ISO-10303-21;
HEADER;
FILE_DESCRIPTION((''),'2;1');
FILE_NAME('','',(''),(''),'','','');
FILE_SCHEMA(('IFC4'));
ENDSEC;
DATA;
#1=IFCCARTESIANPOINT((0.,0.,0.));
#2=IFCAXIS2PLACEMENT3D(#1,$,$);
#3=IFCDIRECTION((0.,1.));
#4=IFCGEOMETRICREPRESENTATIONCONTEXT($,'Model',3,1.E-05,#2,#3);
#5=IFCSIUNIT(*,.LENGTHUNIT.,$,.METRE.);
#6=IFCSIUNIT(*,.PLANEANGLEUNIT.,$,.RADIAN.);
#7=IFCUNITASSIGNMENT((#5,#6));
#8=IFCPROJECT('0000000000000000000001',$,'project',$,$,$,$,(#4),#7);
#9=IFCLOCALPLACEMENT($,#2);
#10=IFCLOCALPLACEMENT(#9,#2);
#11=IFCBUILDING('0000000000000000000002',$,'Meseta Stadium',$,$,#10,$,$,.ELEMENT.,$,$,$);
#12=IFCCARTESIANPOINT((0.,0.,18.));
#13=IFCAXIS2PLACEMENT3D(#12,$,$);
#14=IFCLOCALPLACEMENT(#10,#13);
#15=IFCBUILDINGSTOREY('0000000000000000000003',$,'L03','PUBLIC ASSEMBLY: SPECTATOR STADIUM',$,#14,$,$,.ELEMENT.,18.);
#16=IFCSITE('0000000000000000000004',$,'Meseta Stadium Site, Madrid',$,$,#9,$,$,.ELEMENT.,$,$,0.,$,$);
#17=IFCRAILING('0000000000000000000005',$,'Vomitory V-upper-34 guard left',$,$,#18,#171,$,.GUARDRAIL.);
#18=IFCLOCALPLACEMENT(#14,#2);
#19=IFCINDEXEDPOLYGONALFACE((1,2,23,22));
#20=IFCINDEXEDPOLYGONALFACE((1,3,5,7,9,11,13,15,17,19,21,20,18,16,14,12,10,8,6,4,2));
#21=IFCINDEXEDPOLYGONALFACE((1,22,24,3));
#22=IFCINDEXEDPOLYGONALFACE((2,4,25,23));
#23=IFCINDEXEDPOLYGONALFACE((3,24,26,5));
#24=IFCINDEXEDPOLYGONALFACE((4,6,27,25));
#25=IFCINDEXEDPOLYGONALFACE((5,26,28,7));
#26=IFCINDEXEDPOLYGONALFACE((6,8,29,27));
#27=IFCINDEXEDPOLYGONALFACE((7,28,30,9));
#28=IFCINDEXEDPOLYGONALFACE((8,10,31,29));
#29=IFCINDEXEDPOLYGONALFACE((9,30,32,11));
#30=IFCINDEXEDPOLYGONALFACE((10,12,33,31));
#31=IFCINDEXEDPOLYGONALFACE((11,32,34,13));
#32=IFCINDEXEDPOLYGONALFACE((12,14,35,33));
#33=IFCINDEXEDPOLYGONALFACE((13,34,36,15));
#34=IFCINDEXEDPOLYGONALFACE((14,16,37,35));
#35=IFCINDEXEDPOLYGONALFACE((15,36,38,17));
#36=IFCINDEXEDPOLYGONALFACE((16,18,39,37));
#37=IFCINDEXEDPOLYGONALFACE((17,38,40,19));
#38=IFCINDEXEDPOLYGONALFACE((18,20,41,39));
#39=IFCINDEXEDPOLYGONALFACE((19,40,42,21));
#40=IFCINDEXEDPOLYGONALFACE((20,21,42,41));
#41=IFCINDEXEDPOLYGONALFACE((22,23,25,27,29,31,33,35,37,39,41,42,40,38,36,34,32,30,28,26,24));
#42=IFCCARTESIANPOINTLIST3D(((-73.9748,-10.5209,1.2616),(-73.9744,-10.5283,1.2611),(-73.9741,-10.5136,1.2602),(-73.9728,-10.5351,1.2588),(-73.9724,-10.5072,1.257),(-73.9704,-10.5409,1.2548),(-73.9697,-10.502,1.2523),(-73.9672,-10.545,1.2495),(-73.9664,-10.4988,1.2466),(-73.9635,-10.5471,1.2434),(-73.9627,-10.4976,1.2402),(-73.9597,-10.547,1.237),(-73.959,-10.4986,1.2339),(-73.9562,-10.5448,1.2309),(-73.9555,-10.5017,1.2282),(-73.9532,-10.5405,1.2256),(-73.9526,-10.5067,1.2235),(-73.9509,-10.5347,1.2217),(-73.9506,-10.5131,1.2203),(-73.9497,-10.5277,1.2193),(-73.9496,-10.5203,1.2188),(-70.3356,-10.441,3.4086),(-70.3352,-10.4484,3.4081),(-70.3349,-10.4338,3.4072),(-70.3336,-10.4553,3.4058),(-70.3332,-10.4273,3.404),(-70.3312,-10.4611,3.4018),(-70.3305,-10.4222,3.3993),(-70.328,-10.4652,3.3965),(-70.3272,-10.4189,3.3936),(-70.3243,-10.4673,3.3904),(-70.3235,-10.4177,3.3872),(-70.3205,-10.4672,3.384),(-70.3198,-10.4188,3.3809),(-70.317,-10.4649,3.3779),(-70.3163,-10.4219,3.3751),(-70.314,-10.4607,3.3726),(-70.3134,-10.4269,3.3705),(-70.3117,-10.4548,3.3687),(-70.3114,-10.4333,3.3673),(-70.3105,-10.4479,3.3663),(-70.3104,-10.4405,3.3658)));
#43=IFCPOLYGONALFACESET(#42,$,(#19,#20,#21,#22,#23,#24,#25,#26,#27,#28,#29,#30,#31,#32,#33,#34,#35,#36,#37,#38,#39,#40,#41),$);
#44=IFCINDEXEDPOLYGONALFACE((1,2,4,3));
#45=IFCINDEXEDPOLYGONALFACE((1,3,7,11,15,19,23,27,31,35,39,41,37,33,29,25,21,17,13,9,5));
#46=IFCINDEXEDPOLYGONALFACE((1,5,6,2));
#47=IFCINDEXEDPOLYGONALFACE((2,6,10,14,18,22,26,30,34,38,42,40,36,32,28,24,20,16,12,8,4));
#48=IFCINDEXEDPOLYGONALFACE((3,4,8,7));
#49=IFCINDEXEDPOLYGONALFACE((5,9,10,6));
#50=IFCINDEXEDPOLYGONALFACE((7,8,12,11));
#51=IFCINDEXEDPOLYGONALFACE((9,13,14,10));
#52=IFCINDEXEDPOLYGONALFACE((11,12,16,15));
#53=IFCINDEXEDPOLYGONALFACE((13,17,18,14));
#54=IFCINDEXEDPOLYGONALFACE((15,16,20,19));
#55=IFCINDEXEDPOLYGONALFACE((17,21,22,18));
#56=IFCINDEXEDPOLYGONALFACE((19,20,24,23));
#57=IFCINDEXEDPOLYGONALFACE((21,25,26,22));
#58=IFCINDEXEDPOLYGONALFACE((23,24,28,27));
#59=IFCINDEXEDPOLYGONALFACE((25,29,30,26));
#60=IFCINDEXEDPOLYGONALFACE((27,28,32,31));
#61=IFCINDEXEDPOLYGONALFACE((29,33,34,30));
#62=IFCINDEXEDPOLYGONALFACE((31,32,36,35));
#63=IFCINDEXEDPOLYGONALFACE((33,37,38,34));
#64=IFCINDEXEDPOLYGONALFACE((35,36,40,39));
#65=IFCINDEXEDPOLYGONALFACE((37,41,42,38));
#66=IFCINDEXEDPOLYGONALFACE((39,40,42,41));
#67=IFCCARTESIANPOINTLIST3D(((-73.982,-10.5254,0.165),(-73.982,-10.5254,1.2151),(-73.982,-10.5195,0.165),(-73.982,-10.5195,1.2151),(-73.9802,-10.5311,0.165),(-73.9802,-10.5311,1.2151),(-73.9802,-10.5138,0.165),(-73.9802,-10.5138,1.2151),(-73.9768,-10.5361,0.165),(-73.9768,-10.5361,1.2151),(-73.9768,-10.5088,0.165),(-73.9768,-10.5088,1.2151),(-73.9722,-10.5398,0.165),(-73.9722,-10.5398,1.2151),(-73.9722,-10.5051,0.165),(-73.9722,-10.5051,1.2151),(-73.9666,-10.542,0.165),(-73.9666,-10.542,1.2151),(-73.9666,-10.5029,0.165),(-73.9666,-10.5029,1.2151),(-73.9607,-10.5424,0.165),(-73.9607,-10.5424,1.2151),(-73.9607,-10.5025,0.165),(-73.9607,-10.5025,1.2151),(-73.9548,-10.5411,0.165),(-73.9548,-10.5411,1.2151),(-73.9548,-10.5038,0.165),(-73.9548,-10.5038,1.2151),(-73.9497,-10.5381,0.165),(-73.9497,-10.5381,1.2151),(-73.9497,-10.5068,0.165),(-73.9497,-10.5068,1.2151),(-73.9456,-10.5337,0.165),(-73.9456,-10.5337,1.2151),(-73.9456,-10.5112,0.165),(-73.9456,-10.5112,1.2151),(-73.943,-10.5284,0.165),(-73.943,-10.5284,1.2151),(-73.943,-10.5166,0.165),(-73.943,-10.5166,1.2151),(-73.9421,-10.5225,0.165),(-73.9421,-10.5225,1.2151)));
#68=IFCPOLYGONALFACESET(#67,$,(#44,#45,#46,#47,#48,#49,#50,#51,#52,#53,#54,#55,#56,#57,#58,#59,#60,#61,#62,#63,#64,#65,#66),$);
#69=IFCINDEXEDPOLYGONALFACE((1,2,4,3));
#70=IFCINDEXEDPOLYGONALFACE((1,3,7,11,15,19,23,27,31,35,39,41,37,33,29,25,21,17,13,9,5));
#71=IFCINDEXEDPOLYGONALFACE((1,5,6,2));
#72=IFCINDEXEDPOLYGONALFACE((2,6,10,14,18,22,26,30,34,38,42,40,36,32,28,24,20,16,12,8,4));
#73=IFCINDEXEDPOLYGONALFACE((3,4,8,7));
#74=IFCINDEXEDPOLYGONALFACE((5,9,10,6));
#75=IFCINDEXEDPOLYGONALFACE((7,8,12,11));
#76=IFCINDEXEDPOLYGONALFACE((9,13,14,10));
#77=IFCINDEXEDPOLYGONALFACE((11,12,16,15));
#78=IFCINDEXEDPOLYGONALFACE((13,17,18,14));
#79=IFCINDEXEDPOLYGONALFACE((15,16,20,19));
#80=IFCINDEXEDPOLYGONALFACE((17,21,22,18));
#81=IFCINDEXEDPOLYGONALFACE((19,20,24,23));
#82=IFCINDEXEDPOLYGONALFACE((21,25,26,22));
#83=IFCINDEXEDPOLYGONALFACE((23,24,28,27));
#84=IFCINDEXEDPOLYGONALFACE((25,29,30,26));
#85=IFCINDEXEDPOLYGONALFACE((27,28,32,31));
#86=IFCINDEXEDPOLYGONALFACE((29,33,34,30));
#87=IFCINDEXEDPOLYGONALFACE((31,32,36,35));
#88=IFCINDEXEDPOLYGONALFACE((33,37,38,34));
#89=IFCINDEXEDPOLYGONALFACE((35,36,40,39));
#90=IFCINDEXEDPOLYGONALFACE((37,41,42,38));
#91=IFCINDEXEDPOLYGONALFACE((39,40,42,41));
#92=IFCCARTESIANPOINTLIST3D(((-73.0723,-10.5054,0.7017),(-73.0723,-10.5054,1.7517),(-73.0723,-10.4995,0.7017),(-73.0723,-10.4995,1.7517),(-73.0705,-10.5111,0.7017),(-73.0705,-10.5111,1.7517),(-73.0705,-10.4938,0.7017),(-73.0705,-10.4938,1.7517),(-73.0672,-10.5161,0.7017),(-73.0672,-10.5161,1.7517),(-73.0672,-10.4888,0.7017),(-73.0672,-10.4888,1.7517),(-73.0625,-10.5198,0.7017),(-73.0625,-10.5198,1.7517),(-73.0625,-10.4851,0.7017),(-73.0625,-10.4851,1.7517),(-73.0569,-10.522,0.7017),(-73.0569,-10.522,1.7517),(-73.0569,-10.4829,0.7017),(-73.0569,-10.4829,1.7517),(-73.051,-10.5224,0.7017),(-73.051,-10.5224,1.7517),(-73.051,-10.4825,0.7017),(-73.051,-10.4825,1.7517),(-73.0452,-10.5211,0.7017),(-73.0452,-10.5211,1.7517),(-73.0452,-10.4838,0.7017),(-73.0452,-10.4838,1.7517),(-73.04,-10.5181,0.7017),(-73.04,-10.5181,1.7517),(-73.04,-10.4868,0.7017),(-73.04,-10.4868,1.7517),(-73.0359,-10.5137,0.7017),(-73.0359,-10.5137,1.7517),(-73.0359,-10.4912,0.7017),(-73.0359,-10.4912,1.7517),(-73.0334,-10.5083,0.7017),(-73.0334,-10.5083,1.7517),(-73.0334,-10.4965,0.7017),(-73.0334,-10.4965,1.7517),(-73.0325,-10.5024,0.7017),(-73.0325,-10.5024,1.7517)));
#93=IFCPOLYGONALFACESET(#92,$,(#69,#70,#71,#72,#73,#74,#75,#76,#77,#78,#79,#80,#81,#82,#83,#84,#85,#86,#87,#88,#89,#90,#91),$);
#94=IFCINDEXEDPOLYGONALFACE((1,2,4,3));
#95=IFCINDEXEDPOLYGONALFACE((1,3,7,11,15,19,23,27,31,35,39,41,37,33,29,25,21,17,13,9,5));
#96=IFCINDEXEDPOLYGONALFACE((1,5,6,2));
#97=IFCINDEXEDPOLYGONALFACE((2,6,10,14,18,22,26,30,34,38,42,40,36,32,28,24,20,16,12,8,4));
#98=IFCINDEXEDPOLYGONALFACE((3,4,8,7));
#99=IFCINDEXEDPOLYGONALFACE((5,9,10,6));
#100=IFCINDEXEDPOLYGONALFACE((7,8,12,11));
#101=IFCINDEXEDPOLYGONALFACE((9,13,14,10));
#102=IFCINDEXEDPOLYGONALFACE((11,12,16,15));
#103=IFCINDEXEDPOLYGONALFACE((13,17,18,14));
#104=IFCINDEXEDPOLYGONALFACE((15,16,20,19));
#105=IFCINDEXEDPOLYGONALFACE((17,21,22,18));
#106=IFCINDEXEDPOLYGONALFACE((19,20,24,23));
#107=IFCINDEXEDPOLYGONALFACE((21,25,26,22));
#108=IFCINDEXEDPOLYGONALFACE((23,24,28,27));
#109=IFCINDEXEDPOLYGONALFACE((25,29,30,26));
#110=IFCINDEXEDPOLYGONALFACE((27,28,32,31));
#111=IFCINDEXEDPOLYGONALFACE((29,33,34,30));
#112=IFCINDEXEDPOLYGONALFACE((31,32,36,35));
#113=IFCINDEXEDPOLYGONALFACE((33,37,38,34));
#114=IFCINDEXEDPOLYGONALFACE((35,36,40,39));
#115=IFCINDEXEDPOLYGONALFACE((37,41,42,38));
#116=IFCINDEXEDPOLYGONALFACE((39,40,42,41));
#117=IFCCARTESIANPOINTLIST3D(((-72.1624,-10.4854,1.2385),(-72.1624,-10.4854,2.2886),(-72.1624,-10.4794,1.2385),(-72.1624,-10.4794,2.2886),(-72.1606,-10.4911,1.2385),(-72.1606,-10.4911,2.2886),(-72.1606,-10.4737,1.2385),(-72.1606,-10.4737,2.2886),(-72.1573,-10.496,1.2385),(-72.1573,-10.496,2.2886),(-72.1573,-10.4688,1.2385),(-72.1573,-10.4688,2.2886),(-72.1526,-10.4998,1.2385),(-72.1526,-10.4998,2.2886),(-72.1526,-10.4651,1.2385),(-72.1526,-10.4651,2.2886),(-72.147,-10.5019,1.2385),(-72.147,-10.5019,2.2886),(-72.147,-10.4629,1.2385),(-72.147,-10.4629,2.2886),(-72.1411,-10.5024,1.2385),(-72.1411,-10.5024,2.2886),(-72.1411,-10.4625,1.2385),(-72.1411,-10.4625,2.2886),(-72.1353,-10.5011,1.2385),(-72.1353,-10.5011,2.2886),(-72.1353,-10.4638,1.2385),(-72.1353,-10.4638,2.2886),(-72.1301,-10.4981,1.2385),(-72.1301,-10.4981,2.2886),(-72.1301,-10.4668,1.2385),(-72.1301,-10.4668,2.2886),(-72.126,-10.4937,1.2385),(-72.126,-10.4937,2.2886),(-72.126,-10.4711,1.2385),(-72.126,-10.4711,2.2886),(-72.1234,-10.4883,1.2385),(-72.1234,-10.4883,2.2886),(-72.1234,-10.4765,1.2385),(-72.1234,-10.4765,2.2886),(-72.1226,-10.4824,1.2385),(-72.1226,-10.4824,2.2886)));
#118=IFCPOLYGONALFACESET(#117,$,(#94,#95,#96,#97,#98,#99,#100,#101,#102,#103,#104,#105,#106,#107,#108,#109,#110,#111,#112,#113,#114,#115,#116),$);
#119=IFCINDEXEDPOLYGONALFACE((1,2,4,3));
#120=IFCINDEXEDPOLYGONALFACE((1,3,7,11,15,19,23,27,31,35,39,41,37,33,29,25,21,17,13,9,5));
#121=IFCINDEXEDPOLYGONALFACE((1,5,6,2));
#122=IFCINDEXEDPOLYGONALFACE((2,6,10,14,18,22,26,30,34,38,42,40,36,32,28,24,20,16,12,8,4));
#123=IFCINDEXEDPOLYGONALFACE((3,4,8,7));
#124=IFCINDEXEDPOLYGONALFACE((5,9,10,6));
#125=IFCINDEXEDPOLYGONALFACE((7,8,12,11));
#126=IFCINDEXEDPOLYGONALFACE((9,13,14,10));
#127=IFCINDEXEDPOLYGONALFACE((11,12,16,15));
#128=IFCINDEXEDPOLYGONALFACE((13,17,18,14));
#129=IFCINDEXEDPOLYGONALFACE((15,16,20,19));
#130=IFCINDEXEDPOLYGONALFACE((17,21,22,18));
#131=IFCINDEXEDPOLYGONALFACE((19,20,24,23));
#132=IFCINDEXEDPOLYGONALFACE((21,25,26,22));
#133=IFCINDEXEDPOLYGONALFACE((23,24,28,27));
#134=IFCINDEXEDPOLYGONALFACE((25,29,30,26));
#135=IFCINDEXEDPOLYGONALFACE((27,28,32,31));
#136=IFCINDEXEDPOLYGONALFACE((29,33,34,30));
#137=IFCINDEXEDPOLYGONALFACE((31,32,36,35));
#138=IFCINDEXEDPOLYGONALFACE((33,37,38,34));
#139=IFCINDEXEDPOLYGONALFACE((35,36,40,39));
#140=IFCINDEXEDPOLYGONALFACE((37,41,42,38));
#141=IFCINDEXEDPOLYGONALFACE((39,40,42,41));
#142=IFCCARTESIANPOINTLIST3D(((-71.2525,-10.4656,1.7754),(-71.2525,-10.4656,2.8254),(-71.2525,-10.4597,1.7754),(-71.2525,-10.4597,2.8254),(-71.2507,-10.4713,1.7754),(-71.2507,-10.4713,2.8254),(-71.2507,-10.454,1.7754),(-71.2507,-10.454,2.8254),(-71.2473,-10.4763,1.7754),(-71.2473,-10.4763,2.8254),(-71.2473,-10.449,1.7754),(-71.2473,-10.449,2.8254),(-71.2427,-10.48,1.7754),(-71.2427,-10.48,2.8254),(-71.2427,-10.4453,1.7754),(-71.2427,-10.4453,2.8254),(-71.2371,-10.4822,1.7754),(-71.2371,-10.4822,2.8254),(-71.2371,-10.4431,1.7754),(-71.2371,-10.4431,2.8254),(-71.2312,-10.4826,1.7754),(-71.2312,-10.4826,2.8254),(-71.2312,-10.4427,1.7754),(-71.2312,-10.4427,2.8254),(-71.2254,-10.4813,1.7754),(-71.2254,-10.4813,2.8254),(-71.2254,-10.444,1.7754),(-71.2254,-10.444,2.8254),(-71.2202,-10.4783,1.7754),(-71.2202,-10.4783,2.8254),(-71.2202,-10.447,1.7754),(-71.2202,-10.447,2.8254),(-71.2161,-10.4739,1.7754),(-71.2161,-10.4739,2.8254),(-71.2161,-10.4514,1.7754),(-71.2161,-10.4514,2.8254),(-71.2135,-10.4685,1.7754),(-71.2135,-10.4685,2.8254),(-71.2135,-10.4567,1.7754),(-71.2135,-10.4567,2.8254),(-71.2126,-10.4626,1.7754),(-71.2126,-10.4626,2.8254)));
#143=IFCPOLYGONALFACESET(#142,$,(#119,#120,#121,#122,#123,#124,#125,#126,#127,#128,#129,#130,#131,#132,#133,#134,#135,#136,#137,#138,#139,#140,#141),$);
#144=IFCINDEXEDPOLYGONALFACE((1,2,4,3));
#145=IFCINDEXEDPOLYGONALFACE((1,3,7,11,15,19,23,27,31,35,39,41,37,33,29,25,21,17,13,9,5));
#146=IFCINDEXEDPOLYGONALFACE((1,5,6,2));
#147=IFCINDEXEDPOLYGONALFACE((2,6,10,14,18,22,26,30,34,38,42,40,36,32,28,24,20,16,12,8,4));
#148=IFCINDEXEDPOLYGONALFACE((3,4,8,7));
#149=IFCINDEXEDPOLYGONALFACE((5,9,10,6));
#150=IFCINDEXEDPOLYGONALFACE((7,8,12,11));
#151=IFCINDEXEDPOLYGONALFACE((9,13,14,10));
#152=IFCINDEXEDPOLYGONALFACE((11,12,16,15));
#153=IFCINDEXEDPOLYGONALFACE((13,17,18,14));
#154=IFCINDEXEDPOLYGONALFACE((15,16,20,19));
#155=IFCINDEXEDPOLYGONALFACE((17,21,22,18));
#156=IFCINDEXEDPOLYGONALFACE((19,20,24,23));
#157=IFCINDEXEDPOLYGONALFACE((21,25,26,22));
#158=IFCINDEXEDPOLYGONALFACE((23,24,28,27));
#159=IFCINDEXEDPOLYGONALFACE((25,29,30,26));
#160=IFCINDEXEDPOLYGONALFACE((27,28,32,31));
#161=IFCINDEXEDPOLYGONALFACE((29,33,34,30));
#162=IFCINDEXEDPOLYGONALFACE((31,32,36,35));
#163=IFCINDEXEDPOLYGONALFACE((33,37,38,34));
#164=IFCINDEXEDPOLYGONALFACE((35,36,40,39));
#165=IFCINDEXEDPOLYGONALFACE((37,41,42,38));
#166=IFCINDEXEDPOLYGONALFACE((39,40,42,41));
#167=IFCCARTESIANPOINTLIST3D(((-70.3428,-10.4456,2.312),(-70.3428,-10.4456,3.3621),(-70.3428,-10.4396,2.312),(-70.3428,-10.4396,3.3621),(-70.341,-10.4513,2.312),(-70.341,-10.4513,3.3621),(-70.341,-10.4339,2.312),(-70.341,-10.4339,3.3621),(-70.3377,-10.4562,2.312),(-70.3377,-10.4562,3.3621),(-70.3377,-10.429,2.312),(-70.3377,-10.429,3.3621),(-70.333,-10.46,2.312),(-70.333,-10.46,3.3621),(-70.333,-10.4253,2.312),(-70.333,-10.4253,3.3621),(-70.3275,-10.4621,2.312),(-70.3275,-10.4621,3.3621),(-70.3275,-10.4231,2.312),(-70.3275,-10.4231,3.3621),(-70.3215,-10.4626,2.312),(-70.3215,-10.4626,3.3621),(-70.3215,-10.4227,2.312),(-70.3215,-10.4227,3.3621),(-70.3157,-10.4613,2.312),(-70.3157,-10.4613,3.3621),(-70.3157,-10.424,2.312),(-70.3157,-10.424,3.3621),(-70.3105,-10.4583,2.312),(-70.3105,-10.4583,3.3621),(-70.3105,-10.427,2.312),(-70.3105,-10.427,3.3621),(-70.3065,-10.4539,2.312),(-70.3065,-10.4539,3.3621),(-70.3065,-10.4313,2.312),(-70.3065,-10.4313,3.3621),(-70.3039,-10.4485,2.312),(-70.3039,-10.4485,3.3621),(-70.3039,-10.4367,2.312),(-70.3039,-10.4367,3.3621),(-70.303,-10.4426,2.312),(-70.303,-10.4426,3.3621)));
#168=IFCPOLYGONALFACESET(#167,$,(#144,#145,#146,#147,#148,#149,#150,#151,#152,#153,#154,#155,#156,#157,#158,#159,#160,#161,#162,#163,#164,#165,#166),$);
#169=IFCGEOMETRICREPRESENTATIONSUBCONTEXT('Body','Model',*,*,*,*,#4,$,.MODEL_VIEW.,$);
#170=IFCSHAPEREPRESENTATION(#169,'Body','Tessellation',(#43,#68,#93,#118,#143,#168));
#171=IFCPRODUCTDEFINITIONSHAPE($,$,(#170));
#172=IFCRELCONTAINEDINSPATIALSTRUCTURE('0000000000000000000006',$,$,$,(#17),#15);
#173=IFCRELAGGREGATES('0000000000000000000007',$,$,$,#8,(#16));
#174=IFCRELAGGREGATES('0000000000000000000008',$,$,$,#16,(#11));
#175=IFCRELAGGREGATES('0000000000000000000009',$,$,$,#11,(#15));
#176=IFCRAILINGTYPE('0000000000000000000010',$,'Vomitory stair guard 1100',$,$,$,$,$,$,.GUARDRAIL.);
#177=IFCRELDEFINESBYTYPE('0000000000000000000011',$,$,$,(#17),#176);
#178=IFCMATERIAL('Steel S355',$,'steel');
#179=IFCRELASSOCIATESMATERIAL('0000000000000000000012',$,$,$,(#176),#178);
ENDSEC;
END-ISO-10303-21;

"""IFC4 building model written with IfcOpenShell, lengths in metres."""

from ifc_helpers import new_model, si_unit, direction, frame, origin, origin_2d, place, context, subcontext, project, spatial, circle, extrude, material, type_object, element, save


model = new_model("IFC4")

# Units and contexts
model_context = context("Model", 3, precision=1e-05, world=origin(), true_north=direction((0.0, 1.0)))
body_context = subcontext(model_context, "Body", "Model", "MODEL_VIEW")
ifc_project = project(units=[si_unit("LENGTHUNIT", "METRE"), si_unit("PLANEANGLEUNIT", "RADIAN")], contexts=[model_context])

# Site, building, storey
site_placement = place(None, origin())
site = spatial("IfcSite", under=ifc_project, at=site_placement, Name="Meseta Stadium Site, Madrid", CompositionType="ELEMENT", RefElevation=0.0)
building_placement = place(site_placement, origin())
building = spatial("IfcBuilding", under=site, at=building_placement, Name="Meseta Stadium", CompositionType="ELEMENT")
storey_placement = place(building_placement, frame((0.0, 0.0, 18.0)))
storey = spatial("IfcBuildingStorey", under=building, at=storey_placement, Name="L03", Description="PUBLIC ASSEMBLY: SPECTATOR STADIUM", CompositionType="ELEMENT", Elevation=18.0)

# Railing
ifc_material_1 = material(Name="Steel S355", Category="steel")
railing_type = type_object("IfcRailingType", Name="Vomitory stair guard 1100", PredefinedType="GUARDRAIL", material=ifc_material_1)
railing_placement = place(storey_placement, frame((-73.9622, -10.5225, 0.165)))
element("IfcRailing", 1, at=railing_placement, inside=storey, type_object=railing_type, Name="Vomitory V-upper-34 guard left", PredefinedType="GUARDRAIL", context=body_context, shape_type="SweptSolid", body=[
    extrude(circle(Radius=0.0249, at=origin_2d()), frame((0.0, 0.0, 1.0752), z_axis=(0.861129, 0.018891, 0.508035), x_axis=(-0.021932, 0.999759, 0.0)), (0.0, 0.0, 1.0), 4.2261),
    extrude(circle(Radius=0.02, at=origin_2d()), origin(), (0.0, 0.0, 1.0), 1.05),
    extrude(circle(Radius=0.02, at=origin_2d()), frame((0.9097, 0.02, 0.5366)), (0.0, 0.0, 1.0), 1.05),
    extrude(circle(Radius=0.02, at=origin_2d()), frame((1.8196, 0.04, 1.0735)), (0.0, 0.0, 1.0), 1.05),
    extrude(circle(Radius=0.02, at=origin_2d()), frame((2.7295, 0.0598, 1.6104)), (0.0, 0.0, 1.0), 1.05),
    extrude(circle(Radius=0.02, at=origin_2d()), frame((3.6392, 0.0798, 2.147)), (0.0, 0.0, 1.0), 1.05),
])

save(model, "model.ifc")
